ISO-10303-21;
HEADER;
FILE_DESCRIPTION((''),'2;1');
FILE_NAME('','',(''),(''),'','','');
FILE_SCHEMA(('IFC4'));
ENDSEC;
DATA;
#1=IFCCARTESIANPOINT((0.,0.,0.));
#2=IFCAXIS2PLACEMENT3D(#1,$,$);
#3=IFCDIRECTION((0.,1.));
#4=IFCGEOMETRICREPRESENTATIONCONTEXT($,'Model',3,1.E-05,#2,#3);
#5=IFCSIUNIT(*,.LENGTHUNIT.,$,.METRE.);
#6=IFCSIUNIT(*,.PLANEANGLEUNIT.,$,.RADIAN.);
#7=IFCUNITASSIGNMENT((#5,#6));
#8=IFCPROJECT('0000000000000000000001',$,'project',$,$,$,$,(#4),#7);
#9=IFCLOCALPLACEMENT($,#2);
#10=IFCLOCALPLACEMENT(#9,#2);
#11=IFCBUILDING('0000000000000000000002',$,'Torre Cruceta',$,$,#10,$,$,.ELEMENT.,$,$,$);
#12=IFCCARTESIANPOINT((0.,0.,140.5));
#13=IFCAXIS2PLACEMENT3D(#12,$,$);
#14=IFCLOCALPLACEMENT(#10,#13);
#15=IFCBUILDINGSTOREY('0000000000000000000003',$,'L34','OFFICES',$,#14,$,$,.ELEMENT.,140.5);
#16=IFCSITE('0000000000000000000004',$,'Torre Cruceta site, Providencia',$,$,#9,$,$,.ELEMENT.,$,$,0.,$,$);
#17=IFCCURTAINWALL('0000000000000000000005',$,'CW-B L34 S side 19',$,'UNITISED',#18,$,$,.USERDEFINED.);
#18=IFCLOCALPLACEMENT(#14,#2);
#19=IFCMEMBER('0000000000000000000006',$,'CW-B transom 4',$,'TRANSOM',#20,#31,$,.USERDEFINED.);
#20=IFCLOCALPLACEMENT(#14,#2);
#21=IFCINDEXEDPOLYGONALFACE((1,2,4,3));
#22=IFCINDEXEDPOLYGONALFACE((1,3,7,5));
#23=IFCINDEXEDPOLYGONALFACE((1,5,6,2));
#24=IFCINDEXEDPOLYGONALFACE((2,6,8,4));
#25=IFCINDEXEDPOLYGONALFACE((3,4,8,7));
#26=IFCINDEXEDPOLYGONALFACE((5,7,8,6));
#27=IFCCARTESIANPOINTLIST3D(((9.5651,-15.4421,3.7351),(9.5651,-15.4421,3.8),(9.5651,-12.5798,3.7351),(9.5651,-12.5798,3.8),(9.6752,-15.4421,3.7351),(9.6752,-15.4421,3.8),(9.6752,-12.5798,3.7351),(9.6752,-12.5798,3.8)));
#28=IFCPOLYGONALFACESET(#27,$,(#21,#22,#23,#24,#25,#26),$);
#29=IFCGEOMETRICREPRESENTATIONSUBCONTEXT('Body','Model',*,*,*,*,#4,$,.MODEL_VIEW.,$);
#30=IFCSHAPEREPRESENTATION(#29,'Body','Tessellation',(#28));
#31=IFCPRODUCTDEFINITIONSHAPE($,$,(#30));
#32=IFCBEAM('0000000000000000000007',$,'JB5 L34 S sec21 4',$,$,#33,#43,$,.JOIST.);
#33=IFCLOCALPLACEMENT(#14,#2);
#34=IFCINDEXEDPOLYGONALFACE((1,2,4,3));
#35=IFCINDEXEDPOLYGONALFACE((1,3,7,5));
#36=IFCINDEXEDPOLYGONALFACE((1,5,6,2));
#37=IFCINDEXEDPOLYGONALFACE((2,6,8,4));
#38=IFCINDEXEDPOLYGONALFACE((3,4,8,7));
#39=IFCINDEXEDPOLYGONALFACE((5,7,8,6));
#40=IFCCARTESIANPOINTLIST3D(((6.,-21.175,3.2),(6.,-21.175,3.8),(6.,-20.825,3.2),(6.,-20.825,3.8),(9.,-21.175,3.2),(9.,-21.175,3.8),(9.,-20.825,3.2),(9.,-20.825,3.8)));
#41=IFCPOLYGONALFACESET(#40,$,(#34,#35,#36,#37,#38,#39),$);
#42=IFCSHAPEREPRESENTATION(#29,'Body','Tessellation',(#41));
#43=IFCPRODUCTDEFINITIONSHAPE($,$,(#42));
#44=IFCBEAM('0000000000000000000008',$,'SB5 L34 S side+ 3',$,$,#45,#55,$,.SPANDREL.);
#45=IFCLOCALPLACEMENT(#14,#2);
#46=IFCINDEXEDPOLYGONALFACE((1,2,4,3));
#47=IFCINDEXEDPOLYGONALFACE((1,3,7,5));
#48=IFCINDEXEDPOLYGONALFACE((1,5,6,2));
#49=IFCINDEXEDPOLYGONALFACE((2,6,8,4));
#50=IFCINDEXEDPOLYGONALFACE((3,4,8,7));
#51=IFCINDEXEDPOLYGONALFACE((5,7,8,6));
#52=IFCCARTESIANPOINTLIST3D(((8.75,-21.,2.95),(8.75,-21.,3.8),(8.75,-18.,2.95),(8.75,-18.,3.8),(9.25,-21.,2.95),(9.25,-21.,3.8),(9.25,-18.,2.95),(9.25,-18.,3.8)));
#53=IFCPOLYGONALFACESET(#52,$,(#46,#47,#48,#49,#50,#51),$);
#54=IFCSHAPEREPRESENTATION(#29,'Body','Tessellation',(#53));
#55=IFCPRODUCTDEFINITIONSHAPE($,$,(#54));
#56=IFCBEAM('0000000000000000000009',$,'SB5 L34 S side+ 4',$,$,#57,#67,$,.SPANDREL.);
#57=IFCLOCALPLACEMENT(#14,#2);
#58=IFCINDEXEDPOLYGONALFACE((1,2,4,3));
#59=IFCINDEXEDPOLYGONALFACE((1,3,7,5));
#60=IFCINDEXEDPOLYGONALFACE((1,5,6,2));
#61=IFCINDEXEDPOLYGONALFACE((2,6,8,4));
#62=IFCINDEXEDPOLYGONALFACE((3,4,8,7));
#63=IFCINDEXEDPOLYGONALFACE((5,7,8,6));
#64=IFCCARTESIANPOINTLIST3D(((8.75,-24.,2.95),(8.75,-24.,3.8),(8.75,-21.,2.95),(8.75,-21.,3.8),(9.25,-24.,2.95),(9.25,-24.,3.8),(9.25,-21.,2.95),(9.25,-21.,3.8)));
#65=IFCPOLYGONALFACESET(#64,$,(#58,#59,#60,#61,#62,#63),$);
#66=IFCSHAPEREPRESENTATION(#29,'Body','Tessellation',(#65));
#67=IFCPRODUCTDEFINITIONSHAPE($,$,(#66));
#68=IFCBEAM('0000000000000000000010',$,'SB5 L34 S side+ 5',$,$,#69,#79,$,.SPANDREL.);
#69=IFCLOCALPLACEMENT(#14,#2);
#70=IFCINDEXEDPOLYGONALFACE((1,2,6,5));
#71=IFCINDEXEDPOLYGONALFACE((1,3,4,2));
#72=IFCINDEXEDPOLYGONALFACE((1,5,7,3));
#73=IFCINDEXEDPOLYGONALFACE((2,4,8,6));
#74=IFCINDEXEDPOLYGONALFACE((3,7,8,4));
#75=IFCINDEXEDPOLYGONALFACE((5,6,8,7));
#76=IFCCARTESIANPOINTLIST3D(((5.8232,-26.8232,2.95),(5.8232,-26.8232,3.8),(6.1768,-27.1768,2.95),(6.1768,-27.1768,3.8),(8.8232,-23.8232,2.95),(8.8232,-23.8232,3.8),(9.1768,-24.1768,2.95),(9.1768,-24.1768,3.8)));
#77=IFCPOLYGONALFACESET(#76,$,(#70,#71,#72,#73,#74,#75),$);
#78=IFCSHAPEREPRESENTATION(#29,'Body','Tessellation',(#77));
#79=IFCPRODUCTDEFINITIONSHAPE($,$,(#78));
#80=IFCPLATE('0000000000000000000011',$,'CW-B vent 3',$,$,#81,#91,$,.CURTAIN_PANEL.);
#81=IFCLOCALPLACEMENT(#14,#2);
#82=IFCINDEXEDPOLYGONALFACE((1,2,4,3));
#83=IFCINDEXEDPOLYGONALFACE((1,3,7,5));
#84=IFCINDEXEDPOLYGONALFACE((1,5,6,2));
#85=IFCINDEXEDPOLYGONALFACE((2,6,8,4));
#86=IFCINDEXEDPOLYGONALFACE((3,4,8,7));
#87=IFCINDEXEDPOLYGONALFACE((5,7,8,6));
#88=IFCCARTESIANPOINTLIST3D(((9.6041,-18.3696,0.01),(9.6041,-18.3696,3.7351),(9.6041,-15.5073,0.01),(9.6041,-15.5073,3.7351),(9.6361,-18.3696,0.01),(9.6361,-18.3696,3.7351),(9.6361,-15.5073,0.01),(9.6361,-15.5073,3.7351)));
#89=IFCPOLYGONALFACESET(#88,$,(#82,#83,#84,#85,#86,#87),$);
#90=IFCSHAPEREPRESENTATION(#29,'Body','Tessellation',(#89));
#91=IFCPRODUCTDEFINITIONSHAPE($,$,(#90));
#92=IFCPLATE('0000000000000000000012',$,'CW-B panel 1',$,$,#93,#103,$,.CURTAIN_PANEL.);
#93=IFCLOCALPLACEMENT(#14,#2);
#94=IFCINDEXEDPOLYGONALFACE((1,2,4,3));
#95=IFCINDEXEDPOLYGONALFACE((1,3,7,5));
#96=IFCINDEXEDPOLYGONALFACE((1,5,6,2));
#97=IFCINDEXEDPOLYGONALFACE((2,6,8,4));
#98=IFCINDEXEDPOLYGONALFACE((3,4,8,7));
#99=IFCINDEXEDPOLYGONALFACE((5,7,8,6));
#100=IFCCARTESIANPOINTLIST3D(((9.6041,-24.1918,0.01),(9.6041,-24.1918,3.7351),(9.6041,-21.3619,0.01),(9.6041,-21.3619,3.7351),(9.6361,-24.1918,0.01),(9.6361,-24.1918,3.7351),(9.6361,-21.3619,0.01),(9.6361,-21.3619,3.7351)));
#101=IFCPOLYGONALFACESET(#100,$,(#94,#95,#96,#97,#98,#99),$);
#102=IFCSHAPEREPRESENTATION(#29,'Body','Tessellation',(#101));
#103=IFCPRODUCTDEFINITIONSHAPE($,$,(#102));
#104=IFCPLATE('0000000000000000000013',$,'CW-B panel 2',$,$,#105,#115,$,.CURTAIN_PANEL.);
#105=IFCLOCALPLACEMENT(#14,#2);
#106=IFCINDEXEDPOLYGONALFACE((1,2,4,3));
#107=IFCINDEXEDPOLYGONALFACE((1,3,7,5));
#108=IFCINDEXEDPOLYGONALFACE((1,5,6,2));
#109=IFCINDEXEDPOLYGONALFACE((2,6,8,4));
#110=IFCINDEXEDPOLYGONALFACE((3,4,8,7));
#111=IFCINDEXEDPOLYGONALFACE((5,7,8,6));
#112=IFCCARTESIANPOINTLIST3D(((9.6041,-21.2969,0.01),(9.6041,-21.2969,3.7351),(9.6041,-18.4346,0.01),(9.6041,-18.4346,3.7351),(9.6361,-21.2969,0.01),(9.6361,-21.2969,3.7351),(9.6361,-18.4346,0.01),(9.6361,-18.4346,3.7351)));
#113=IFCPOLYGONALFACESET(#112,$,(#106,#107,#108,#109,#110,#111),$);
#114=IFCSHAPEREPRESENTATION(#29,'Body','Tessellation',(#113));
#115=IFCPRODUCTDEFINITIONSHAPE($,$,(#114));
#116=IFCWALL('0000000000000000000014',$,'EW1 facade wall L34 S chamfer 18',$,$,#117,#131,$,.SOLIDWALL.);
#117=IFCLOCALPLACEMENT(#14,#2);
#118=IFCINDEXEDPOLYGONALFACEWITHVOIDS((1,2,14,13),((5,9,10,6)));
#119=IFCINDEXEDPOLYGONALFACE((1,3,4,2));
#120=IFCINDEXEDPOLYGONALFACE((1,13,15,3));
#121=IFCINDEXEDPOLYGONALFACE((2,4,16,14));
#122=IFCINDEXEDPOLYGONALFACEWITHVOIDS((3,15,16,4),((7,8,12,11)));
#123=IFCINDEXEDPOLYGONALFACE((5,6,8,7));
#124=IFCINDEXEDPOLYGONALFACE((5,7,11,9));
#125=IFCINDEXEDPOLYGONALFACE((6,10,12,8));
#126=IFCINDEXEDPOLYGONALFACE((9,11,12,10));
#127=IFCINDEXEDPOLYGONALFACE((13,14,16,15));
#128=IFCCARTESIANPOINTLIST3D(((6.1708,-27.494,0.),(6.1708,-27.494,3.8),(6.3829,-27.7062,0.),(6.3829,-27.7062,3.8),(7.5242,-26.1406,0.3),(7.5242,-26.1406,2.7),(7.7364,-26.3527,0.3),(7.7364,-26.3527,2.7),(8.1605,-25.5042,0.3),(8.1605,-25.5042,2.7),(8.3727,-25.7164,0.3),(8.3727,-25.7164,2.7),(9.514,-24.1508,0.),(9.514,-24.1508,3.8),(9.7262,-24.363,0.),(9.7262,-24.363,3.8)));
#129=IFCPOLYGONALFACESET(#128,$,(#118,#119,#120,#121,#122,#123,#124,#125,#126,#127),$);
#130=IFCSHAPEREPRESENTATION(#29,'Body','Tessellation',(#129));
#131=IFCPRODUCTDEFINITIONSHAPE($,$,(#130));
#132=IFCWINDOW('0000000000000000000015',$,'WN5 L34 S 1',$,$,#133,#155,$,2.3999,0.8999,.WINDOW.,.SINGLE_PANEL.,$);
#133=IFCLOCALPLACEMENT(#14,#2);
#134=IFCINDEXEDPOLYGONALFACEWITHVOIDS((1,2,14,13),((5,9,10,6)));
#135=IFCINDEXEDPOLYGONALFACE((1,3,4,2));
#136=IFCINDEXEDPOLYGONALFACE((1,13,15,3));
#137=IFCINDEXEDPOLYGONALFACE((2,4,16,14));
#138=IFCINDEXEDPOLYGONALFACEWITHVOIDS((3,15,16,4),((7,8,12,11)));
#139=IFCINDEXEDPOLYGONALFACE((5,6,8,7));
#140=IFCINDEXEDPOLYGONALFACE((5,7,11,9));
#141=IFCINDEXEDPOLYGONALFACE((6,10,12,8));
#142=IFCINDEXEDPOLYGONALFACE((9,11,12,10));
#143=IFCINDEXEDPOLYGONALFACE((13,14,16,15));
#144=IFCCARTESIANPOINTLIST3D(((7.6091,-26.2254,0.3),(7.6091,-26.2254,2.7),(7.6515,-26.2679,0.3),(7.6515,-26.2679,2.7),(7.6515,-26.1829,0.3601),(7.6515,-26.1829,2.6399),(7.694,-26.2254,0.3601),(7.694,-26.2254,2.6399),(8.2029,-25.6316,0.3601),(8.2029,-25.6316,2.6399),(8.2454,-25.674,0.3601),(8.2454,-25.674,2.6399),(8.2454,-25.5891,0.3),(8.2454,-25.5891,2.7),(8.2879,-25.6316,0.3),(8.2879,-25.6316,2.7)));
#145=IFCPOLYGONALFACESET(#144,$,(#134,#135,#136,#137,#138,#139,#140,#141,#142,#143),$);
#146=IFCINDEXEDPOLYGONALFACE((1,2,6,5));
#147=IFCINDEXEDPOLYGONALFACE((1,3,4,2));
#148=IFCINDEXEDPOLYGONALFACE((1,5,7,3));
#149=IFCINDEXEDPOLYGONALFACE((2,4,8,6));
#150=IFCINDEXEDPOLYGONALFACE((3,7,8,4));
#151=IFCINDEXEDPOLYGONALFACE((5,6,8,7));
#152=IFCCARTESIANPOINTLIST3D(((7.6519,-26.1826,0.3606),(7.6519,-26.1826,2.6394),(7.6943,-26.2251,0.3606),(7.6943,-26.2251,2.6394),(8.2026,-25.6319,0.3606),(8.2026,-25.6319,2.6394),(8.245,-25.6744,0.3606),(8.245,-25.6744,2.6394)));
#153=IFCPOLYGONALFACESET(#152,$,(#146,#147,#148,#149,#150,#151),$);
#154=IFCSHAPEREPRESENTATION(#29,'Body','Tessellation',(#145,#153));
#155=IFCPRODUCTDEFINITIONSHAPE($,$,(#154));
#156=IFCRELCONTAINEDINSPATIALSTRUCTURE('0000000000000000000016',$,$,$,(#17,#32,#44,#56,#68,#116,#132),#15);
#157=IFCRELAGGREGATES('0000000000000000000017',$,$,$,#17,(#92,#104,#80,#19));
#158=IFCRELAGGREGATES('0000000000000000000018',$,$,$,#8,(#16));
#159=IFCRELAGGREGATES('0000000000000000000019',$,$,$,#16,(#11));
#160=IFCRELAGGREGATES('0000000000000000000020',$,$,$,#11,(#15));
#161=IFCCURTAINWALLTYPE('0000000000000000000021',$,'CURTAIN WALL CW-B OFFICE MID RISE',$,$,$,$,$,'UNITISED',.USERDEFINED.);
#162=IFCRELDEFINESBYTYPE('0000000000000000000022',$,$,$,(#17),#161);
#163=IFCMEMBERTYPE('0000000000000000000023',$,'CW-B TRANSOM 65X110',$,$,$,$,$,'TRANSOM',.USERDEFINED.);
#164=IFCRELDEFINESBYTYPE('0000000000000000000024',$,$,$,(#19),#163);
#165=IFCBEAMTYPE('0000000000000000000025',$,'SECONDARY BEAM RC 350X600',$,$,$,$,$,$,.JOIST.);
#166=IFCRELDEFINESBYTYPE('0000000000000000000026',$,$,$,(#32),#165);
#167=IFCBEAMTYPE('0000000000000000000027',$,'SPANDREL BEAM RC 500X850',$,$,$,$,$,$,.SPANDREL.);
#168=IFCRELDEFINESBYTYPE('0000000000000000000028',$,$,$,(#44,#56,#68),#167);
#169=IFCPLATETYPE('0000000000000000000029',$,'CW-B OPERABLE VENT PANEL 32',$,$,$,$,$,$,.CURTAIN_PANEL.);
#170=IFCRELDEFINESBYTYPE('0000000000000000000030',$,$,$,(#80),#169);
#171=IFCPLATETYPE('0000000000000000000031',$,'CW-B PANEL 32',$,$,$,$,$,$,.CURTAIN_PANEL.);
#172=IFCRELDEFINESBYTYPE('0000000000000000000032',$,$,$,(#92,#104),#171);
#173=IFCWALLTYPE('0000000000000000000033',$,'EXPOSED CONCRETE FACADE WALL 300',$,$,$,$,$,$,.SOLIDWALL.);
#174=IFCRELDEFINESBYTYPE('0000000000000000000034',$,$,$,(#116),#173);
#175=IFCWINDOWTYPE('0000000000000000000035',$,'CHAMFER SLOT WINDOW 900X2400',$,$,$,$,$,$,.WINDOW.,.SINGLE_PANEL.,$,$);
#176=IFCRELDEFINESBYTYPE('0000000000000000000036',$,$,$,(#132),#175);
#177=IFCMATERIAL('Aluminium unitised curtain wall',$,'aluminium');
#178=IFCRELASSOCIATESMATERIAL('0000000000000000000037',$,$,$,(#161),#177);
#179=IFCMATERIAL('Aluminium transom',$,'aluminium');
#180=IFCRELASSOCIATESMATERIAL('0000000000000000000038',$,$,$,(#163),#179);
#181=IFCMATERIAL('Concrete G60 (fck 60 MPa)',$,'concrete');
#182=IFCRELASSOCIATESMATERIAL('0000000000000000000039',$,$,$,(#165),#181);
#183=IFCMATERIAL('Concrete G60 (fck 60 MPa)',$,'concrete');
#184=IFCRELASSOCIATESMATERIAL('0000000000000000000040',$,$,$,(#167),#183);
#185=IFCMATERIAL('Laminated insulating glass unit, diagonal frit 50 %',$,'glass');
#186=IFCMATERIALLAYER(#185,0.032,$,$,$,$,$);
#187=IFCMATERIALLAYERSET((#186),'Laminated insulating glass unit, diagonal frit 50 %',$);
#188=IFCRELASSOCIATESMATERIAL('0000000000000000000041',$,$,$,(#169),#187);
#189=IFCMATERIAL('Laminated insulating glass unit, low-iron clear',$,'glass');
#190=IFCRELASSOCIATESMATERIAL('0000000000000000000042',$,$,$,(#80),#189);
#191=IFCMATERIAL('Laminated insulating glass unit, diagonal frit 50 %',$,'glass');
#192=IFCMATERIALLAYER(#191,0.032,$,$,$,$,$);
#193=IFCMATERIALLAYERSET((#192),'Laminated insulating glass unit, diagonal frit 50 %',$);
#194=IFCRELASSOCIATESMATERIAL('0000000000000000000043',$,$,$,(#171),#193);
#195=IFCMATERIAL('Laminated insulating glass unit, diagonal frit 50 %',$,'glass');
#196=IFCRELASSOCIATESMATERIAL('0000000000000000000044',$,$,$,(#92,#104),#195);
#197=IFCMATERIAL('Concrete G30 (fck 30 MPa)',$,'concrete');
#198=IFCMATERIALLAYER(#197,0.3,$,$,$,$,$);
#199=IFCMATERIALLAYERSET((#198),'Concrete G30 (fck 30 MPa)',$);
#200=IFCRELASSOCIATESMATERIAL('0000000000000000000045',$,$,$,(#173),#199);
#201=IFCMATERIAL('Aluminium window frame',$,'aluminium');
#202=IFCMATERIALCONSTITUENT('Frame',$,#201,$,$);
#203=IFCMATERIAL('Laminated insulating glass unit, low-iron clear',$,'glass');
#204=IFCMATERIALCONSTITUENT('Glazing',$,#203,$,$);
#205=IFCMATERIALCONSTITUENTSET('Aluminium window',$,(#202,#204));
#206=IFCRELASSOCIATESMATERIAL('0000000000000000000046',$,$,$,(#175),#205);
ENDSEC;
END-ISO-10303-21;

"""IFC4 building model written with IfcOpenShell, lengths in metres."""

from ifc_helpers import new_model, si_unit, direction, frame, frame_2d, origin, origin_2d, place, context, subcontext, project, spatial, rectangle, hollow_rectangle, extrude, material, layer, layer_set, constituent, constituent_set, material_profile, profile_set, type_object, element, fill, aggregate, save


model = new_model("IFC4")

# Units and contexts
model_context = context("Model", 3, precision=1e-05, world=origin(), true_north=direction((0.0, 1.0)))
body_context = subcontext(model_context, "Body", "Model", "MODEL_VIEW")
ifc_project = project(units=[si_unit("LENGTHUNIT", "METRE"), si_unit("PLANEANGLEUNIT", "RADIAN")], contexts=[model_context])

# Site, building, storey
site_placement = place(None, origin())
site = spatial("IfcSite", under=ifc_project, at=site_placement, Name="Torre Cruceta site, Providencia", CompositionType="ELEMENT", RefElevation=0.0)
building_placement = place(site_placement, origin())
building = spatial("IfcBuilding", under=site, at=building_placement, Name="Torre Cruceta", CompositionType="ELEMENT")
storey_placement = place(building_placement, frame((0.0, 0.0, 140.5)))
storey = spatial("IfcBuildingStorey", under=building, at=storey_placement, Name="L34", Description="OFFICES", CompositionType="ELEMENT", Elevation=140.5)

# Curtain wall, member
ifc_material_1 = material(Name="Aluminium unitised curtain wall", Category="aluminium")
curtain_wall_type = type_object("IfcCurtainWallType", Name="CURTAIN WALL CW-B OFFICE MID RISE", ElementType="UNITISED", PredefinedType="USERDEFINED", material=ifc_material_1)
curtain_wall_placement = place(storey_placement, origin())
curtain_wall = element("IfcCurtainWall", 1, at=curtain_wall_placement, inside=storey, type_object=curtain_wall_type, Name="CW-B L34 S side 19", ObjectType="UNITISED", PredefinedType="USERDEFINED")
ifc_material_2 = material(Name="Aluminium transom", Category="aluminium")
ifc_material_profile_1 = material_profile(ifc_material_2, rectangle(XDim=0.1101, YDim=0.0649, at=origin_2d()), Name="AL 110X65")
ifc_profile_set_1 = profile_set([ifc_material_profile_1], Name="Aluminium transom")
member_type_1 = type_object("IfcMemberType", Name="CW-B TRANSOM 65X110", ElementType="TRANSOM", PredefinedType="USERDEFINED", material=ifc_profile_set_1)
member_1_placement = place(storey_placement, frame((9.6201, -15.4421, 3.7676), z_axis=(0.0, 1.0, 0.0), x_axis=(-1.0, 0.0, 0.0)))
member_1 = element("IfcMember", 2, at=member_1_placement, type_object=member_type_1, Name="CW-B transom 4", ObjectType="TRANSOM", PredefinedType="USERDEFINED", context=body_context, shape_type="SweptSolid", body=[
    extrude(rectangle(XDim=0.1101, YDim=0.0649, at=origin_2d()), origin(), (0.0, 0.0, 1.0), 2.8623),
])

# Beams
ifc_material_3 = material(Name="Concrete G60 (fck 60 MPa)", Category="concrete")
ifc_material_profile_2 = material_profile(ifc_material_3, rectangle(XDim=0.3501, YDim=0.6001, at=origin_2d()), Name="RC 350X600")
ifc_profile_set_2 = profile_set([ifc_material_profile_2], Name="Concrete G60 (fck 60 MPa)")
beam_type_1 = type_object("IfcBeamType", Name="SECONDARY BEAM RC 350X600", PredefinedType="JOIST", material=ifc_profile_set_2)
beam_1_placement = place(storey_placement, frame((6.0, -21.0, 3.5), z_axis=(1.0, 0.0, 0.0), x_axis=(0.0, 1.0, 0.0)))
element("IfcBeam", 3, at=beam_1_placement, inside=storey, type_object=beam_type_1, Name="JB5 L34 S sec21 4", PredefinedType="JOIST", context=body_context, shape_type="SweptSolid", body=[
    extrude(rectangle(XDim=0.3501, YDim=0.6001, at=origin_2d()), origin(), (0.0, 0.0, 1.0), 3.0),
])
ifc_material_4 = material(Name="Concrete G60 (fck 60 MPa)", Category="concrete")
ifc_material_profile_3 = material_profile(ifc_material_4, rectangle(XDim=0.5, YDim=0.8501, at=origin_2d()), Name="RC 500X850")
ifc_profile_set_3 = profile_set([ifc_material_profile_3], Name="Concrete G60 (fck 60 MPa)")
beam_type_2 = type_object("IfcBeamType", Name="SPANDREL BEAM RC 500X850", PredefinedType="SPANDREL", material=ifc_profile_set_3)
for number, where, z_axis, x_axis, name in (
    (4, (9.0, -18.0, 3.375), (0.0, -1.0, 0.0), (1.0, 0.0, 0.0), "SB5 L34 S side+ 3"),
    (5, (9.0, -21.0, 3.375), (0.0, -1.0, 0.0), (1.0, 0.0, 0.0), "SB5 L34 S side+ 4"),
):
    element("IfcBeam", number, at=place(storey_placement, frame(where, z_axis=z_axis, x_axis=x_axis)), inside=storey, type_object=beam_type_2, Name=name, PredefinedType="SPANDREL", context=body_context, shape_type="SweptSolid", body=[
        extrude(rectangle(XDim=0.5, YDim=0.8501, at=origin_2d()), origin(), (0.0, 0.0, 1.0), 3.0),
    ])
beam_2_placement = place(storey_placement, frame((9.0, -24.0, 3.375), z_axis=(-0.707107, -0.707107, 0.0), x_axis=(0.707107, -0.707107, 0.0)))
element("IfcBeam", 6, at=beam_2_placement, inside=storey, type_object=beam_type_2, Name="SB5 L34 S side+ 5", PredefinedType="SPANDREL", context=body_context, shape_type="SweptSolid", body=[
    extrude(rectangle(XDim=0.5, YDim=0.8501, at=origin_2d()), origin(), (0.0, 0.0, 1.0), 4.2427),
])

# Plates
ifc_material_5 = material(Name="Laminated insulating glass unit, low-iron clear", Category="glass")
ifc_material_6 = material(Name="Laminated insulating glass unit, diagonal frit 50 %", Category="glass")
ifc_layer_1 = layer(ifc_material_6, 0.032)
ifc_layer_set_1 = layer_set([ifc_layer_1], Name="Laminated insulating glass unit, diagonal frit 50 %")
plate_type_1 = type_object("IfcPlateType", Name="CW-B OPERABLE VENT PANEL 32", PredefinedType="CURTAIN_PANEL", material=ifc_layer_set_1)
plate_1_placement = place(storey_placement, frame((9.6201, -16.9385, 0.01), z_axis=(0.0, 0.0, 1.0), x_axis=(0.0, 1.0, 0.0)))
plate_1 = element("IfcPlate", 7, at=plate_1_placement, type_object=plate_type_1, material=ifc_material_5, Name="CW-B vent 3", PredefinedType="CURTAIN_PANEL", context=body_context, shape_type="SweptSolid", body=[
    extrude(rectangle(XDim=2.8623, YDim=0.032, at=origin_2d()), origin(), (0.0, 0.0, 1.0), 3.7251),
])
ifc_material_7 = material(Name="Laminated insulating glass unit, diagonal frit 50 %", Category="glass")
ifc_material_8 = material(Name="Laminated insulating glass unit, diagonal frit 50 %", Category="glass")
ifc_layer_2 = layer(ifc_material_8, 0.032)
ifc_layer_set_2 = layer_set([ifc_layer_2], Name="Laminated insulating glass unit, diagonal frit 50 %")
plate_type_2 = type_object("IfcPlateType", Name="CW-B PANEL 32", PredefinedType="CURTAIN_PANEL", material=ifc_layer_set_2)
plate_2_placement = place(storey_placement, frame((9.6201, -22.7769, 0.01), z_axis=(0.0, 0.0, 1.0), x_axis=(0.0, 1.0, 0.0)))
plate_2 = element("IfcPlate", 8, at=plate_2_placement, type_object=plate_type_2, material=ifc_material_7, Name="CW-B panel 1", PredefinedType="CURTAIN_PANEL", context=body_context, shape_type="SweptSolid", body=[
    extrude(rectangle(XDim=2.8298, YDim=0.032, at=origin_2d()), origin(), (0.0, 0.0, 1.0), 3.7251),
])
plate_3_placement = place(storey_placement, frame((9.6201, -19.8657, 0.01), z_axis=(0.0, 0.0, 1.0), x_axis=(0.0, 1.0, 0.0)))
plate_3 = element("IfcPlate", 9, at=plate_3_placement, type_object=plate_type_2, material=ifc_material_7, Name="CW-B panel 2", PredefinedType="CURTAIN_PANEL", context=body_context, shape_type="SweptSolid", body=[
    extrude(rectangle(XDim=2.8623, YDim=0.032, at=origin_2d()), origin(), (0.0, 0.0, 1.0), 3.7251),
])
aggregate(curtain_wall, [plate_2, plate_3, plate_1, member_1])

# Wall, opening, window
ifc_material_9 = material(Name="Concrete G30 (fck 30 MPa)", Category="concrete")
ifc_layer_3 = layer(ifc_material_9, 0.3)
ifc_layer_set_3 = layer_set([ifc_layer_3], Name="Concrete G30 (fck 30 MPa)")
wall_type = type_object("IfcWallType", Name="EXPOSED CONCRETE FACADE WALL 300", PredefinedType="SOLIDWALL", material=ifc_layer_set_3)
wall_placement = place(storey_placement, frame((6.2769, -27.6001, 0.0), z_axis=(0.0, 0.0, 1.0), x_axis=(0.707107, 0.707107, 0.0)))
wall = element("IfcWall", 10, at=wall_placement, inside=storey, type_object=wall_type, Name="EW1 facade wall L34 S chamfer 18", PredefinedType="SOLIDWALL", context=body_context, shape_type="SweptSolid", body=[
    extrude(rectangle(XDim=4.728, YDim=0.3, at=frame_2d((2.364, 0.0))), origin(), (0.0, 0.0, 1.0), 3.8),
])
opening_placement = place(wall_placement, frame((1.9141, 0.0, 0.3)))
opening = element("IfcOpeningElement", 11, at=opening_placement, cuts=wall, PredefinedType="OPENING", context=body_context, shape_type="SweptSolid", body=[
    extrude(rectangle(XDim=0.8999, YDim=2.3999, at=frame_2d((0.45, 1.2))), frame((0.0, 0.1599, 0.0), z_axis=(0.0, -1.0, 0.0), x_axis=(1.0, 0.0, 0.0)), (0.0, 0.0, 1.0), 0.3201),
])
ifc_material_10 = material(Name="Aluminium window frame", Category="aluminium")
ifc_constituent_1 = constituent(ifc_material_10, Name="Frame")
ifc_material_11 = material(Name="Laminated insulating glass unit, low-iron clear", Category="glass")
ifc_constituent_2 = constituent(ifc_material_11, Name="Glazing")
ifc_constituent_set = constituent_set(constituents=[ifc_constituent_1, ifc_constituent_2], Name="Aluminium window")
window_type = type_object("IfcWindowType", Name="CHAMFER SLOT WINDOW 900X2400", PartitioningType="SINGLE_PANEL", PredefinedType="WINDOW", material=ifc_constituent_set)
window_placement = place(opening_placement, origin())
window = element("IfcWindow", 12, at=window_placement, inside=storey, type_object=window_type, Name="WN5 L34 S 1", OverallHeight=2.3999, OverallWidth=0.8999, PartitioningType="SINGLE_PANEL", PredefinedType="WINDOW", context=body_context, shape_type="SweptSolid", body=[
    extrude(hollow_rectangle(XDim=0.8999, YDim=2.3999, WallThickness=0.0601, at=frame_2d((0.45, 1.2))), frame((0.0, 0.03, 0.0), z_axis=(0.0, -1.0, 0.0), x_axis=(1.0, 0.0, 0.0)), (0.0, 0.0, 1.0), 0.0601),
    extrude(rectangle(XDim=0.7788, YDim=2.2788, at=frame_2d((0.45, 1.2))), frame((0.0, 0.03, 0.0), z_axis=(0.0, -1.0, 0.0), x_axis=(1.0, 0.0, 0.0)), (0.0, 0.0, 1.0), 0.0601),
])
fill(opening, window)

save(model, "model.ifc")
